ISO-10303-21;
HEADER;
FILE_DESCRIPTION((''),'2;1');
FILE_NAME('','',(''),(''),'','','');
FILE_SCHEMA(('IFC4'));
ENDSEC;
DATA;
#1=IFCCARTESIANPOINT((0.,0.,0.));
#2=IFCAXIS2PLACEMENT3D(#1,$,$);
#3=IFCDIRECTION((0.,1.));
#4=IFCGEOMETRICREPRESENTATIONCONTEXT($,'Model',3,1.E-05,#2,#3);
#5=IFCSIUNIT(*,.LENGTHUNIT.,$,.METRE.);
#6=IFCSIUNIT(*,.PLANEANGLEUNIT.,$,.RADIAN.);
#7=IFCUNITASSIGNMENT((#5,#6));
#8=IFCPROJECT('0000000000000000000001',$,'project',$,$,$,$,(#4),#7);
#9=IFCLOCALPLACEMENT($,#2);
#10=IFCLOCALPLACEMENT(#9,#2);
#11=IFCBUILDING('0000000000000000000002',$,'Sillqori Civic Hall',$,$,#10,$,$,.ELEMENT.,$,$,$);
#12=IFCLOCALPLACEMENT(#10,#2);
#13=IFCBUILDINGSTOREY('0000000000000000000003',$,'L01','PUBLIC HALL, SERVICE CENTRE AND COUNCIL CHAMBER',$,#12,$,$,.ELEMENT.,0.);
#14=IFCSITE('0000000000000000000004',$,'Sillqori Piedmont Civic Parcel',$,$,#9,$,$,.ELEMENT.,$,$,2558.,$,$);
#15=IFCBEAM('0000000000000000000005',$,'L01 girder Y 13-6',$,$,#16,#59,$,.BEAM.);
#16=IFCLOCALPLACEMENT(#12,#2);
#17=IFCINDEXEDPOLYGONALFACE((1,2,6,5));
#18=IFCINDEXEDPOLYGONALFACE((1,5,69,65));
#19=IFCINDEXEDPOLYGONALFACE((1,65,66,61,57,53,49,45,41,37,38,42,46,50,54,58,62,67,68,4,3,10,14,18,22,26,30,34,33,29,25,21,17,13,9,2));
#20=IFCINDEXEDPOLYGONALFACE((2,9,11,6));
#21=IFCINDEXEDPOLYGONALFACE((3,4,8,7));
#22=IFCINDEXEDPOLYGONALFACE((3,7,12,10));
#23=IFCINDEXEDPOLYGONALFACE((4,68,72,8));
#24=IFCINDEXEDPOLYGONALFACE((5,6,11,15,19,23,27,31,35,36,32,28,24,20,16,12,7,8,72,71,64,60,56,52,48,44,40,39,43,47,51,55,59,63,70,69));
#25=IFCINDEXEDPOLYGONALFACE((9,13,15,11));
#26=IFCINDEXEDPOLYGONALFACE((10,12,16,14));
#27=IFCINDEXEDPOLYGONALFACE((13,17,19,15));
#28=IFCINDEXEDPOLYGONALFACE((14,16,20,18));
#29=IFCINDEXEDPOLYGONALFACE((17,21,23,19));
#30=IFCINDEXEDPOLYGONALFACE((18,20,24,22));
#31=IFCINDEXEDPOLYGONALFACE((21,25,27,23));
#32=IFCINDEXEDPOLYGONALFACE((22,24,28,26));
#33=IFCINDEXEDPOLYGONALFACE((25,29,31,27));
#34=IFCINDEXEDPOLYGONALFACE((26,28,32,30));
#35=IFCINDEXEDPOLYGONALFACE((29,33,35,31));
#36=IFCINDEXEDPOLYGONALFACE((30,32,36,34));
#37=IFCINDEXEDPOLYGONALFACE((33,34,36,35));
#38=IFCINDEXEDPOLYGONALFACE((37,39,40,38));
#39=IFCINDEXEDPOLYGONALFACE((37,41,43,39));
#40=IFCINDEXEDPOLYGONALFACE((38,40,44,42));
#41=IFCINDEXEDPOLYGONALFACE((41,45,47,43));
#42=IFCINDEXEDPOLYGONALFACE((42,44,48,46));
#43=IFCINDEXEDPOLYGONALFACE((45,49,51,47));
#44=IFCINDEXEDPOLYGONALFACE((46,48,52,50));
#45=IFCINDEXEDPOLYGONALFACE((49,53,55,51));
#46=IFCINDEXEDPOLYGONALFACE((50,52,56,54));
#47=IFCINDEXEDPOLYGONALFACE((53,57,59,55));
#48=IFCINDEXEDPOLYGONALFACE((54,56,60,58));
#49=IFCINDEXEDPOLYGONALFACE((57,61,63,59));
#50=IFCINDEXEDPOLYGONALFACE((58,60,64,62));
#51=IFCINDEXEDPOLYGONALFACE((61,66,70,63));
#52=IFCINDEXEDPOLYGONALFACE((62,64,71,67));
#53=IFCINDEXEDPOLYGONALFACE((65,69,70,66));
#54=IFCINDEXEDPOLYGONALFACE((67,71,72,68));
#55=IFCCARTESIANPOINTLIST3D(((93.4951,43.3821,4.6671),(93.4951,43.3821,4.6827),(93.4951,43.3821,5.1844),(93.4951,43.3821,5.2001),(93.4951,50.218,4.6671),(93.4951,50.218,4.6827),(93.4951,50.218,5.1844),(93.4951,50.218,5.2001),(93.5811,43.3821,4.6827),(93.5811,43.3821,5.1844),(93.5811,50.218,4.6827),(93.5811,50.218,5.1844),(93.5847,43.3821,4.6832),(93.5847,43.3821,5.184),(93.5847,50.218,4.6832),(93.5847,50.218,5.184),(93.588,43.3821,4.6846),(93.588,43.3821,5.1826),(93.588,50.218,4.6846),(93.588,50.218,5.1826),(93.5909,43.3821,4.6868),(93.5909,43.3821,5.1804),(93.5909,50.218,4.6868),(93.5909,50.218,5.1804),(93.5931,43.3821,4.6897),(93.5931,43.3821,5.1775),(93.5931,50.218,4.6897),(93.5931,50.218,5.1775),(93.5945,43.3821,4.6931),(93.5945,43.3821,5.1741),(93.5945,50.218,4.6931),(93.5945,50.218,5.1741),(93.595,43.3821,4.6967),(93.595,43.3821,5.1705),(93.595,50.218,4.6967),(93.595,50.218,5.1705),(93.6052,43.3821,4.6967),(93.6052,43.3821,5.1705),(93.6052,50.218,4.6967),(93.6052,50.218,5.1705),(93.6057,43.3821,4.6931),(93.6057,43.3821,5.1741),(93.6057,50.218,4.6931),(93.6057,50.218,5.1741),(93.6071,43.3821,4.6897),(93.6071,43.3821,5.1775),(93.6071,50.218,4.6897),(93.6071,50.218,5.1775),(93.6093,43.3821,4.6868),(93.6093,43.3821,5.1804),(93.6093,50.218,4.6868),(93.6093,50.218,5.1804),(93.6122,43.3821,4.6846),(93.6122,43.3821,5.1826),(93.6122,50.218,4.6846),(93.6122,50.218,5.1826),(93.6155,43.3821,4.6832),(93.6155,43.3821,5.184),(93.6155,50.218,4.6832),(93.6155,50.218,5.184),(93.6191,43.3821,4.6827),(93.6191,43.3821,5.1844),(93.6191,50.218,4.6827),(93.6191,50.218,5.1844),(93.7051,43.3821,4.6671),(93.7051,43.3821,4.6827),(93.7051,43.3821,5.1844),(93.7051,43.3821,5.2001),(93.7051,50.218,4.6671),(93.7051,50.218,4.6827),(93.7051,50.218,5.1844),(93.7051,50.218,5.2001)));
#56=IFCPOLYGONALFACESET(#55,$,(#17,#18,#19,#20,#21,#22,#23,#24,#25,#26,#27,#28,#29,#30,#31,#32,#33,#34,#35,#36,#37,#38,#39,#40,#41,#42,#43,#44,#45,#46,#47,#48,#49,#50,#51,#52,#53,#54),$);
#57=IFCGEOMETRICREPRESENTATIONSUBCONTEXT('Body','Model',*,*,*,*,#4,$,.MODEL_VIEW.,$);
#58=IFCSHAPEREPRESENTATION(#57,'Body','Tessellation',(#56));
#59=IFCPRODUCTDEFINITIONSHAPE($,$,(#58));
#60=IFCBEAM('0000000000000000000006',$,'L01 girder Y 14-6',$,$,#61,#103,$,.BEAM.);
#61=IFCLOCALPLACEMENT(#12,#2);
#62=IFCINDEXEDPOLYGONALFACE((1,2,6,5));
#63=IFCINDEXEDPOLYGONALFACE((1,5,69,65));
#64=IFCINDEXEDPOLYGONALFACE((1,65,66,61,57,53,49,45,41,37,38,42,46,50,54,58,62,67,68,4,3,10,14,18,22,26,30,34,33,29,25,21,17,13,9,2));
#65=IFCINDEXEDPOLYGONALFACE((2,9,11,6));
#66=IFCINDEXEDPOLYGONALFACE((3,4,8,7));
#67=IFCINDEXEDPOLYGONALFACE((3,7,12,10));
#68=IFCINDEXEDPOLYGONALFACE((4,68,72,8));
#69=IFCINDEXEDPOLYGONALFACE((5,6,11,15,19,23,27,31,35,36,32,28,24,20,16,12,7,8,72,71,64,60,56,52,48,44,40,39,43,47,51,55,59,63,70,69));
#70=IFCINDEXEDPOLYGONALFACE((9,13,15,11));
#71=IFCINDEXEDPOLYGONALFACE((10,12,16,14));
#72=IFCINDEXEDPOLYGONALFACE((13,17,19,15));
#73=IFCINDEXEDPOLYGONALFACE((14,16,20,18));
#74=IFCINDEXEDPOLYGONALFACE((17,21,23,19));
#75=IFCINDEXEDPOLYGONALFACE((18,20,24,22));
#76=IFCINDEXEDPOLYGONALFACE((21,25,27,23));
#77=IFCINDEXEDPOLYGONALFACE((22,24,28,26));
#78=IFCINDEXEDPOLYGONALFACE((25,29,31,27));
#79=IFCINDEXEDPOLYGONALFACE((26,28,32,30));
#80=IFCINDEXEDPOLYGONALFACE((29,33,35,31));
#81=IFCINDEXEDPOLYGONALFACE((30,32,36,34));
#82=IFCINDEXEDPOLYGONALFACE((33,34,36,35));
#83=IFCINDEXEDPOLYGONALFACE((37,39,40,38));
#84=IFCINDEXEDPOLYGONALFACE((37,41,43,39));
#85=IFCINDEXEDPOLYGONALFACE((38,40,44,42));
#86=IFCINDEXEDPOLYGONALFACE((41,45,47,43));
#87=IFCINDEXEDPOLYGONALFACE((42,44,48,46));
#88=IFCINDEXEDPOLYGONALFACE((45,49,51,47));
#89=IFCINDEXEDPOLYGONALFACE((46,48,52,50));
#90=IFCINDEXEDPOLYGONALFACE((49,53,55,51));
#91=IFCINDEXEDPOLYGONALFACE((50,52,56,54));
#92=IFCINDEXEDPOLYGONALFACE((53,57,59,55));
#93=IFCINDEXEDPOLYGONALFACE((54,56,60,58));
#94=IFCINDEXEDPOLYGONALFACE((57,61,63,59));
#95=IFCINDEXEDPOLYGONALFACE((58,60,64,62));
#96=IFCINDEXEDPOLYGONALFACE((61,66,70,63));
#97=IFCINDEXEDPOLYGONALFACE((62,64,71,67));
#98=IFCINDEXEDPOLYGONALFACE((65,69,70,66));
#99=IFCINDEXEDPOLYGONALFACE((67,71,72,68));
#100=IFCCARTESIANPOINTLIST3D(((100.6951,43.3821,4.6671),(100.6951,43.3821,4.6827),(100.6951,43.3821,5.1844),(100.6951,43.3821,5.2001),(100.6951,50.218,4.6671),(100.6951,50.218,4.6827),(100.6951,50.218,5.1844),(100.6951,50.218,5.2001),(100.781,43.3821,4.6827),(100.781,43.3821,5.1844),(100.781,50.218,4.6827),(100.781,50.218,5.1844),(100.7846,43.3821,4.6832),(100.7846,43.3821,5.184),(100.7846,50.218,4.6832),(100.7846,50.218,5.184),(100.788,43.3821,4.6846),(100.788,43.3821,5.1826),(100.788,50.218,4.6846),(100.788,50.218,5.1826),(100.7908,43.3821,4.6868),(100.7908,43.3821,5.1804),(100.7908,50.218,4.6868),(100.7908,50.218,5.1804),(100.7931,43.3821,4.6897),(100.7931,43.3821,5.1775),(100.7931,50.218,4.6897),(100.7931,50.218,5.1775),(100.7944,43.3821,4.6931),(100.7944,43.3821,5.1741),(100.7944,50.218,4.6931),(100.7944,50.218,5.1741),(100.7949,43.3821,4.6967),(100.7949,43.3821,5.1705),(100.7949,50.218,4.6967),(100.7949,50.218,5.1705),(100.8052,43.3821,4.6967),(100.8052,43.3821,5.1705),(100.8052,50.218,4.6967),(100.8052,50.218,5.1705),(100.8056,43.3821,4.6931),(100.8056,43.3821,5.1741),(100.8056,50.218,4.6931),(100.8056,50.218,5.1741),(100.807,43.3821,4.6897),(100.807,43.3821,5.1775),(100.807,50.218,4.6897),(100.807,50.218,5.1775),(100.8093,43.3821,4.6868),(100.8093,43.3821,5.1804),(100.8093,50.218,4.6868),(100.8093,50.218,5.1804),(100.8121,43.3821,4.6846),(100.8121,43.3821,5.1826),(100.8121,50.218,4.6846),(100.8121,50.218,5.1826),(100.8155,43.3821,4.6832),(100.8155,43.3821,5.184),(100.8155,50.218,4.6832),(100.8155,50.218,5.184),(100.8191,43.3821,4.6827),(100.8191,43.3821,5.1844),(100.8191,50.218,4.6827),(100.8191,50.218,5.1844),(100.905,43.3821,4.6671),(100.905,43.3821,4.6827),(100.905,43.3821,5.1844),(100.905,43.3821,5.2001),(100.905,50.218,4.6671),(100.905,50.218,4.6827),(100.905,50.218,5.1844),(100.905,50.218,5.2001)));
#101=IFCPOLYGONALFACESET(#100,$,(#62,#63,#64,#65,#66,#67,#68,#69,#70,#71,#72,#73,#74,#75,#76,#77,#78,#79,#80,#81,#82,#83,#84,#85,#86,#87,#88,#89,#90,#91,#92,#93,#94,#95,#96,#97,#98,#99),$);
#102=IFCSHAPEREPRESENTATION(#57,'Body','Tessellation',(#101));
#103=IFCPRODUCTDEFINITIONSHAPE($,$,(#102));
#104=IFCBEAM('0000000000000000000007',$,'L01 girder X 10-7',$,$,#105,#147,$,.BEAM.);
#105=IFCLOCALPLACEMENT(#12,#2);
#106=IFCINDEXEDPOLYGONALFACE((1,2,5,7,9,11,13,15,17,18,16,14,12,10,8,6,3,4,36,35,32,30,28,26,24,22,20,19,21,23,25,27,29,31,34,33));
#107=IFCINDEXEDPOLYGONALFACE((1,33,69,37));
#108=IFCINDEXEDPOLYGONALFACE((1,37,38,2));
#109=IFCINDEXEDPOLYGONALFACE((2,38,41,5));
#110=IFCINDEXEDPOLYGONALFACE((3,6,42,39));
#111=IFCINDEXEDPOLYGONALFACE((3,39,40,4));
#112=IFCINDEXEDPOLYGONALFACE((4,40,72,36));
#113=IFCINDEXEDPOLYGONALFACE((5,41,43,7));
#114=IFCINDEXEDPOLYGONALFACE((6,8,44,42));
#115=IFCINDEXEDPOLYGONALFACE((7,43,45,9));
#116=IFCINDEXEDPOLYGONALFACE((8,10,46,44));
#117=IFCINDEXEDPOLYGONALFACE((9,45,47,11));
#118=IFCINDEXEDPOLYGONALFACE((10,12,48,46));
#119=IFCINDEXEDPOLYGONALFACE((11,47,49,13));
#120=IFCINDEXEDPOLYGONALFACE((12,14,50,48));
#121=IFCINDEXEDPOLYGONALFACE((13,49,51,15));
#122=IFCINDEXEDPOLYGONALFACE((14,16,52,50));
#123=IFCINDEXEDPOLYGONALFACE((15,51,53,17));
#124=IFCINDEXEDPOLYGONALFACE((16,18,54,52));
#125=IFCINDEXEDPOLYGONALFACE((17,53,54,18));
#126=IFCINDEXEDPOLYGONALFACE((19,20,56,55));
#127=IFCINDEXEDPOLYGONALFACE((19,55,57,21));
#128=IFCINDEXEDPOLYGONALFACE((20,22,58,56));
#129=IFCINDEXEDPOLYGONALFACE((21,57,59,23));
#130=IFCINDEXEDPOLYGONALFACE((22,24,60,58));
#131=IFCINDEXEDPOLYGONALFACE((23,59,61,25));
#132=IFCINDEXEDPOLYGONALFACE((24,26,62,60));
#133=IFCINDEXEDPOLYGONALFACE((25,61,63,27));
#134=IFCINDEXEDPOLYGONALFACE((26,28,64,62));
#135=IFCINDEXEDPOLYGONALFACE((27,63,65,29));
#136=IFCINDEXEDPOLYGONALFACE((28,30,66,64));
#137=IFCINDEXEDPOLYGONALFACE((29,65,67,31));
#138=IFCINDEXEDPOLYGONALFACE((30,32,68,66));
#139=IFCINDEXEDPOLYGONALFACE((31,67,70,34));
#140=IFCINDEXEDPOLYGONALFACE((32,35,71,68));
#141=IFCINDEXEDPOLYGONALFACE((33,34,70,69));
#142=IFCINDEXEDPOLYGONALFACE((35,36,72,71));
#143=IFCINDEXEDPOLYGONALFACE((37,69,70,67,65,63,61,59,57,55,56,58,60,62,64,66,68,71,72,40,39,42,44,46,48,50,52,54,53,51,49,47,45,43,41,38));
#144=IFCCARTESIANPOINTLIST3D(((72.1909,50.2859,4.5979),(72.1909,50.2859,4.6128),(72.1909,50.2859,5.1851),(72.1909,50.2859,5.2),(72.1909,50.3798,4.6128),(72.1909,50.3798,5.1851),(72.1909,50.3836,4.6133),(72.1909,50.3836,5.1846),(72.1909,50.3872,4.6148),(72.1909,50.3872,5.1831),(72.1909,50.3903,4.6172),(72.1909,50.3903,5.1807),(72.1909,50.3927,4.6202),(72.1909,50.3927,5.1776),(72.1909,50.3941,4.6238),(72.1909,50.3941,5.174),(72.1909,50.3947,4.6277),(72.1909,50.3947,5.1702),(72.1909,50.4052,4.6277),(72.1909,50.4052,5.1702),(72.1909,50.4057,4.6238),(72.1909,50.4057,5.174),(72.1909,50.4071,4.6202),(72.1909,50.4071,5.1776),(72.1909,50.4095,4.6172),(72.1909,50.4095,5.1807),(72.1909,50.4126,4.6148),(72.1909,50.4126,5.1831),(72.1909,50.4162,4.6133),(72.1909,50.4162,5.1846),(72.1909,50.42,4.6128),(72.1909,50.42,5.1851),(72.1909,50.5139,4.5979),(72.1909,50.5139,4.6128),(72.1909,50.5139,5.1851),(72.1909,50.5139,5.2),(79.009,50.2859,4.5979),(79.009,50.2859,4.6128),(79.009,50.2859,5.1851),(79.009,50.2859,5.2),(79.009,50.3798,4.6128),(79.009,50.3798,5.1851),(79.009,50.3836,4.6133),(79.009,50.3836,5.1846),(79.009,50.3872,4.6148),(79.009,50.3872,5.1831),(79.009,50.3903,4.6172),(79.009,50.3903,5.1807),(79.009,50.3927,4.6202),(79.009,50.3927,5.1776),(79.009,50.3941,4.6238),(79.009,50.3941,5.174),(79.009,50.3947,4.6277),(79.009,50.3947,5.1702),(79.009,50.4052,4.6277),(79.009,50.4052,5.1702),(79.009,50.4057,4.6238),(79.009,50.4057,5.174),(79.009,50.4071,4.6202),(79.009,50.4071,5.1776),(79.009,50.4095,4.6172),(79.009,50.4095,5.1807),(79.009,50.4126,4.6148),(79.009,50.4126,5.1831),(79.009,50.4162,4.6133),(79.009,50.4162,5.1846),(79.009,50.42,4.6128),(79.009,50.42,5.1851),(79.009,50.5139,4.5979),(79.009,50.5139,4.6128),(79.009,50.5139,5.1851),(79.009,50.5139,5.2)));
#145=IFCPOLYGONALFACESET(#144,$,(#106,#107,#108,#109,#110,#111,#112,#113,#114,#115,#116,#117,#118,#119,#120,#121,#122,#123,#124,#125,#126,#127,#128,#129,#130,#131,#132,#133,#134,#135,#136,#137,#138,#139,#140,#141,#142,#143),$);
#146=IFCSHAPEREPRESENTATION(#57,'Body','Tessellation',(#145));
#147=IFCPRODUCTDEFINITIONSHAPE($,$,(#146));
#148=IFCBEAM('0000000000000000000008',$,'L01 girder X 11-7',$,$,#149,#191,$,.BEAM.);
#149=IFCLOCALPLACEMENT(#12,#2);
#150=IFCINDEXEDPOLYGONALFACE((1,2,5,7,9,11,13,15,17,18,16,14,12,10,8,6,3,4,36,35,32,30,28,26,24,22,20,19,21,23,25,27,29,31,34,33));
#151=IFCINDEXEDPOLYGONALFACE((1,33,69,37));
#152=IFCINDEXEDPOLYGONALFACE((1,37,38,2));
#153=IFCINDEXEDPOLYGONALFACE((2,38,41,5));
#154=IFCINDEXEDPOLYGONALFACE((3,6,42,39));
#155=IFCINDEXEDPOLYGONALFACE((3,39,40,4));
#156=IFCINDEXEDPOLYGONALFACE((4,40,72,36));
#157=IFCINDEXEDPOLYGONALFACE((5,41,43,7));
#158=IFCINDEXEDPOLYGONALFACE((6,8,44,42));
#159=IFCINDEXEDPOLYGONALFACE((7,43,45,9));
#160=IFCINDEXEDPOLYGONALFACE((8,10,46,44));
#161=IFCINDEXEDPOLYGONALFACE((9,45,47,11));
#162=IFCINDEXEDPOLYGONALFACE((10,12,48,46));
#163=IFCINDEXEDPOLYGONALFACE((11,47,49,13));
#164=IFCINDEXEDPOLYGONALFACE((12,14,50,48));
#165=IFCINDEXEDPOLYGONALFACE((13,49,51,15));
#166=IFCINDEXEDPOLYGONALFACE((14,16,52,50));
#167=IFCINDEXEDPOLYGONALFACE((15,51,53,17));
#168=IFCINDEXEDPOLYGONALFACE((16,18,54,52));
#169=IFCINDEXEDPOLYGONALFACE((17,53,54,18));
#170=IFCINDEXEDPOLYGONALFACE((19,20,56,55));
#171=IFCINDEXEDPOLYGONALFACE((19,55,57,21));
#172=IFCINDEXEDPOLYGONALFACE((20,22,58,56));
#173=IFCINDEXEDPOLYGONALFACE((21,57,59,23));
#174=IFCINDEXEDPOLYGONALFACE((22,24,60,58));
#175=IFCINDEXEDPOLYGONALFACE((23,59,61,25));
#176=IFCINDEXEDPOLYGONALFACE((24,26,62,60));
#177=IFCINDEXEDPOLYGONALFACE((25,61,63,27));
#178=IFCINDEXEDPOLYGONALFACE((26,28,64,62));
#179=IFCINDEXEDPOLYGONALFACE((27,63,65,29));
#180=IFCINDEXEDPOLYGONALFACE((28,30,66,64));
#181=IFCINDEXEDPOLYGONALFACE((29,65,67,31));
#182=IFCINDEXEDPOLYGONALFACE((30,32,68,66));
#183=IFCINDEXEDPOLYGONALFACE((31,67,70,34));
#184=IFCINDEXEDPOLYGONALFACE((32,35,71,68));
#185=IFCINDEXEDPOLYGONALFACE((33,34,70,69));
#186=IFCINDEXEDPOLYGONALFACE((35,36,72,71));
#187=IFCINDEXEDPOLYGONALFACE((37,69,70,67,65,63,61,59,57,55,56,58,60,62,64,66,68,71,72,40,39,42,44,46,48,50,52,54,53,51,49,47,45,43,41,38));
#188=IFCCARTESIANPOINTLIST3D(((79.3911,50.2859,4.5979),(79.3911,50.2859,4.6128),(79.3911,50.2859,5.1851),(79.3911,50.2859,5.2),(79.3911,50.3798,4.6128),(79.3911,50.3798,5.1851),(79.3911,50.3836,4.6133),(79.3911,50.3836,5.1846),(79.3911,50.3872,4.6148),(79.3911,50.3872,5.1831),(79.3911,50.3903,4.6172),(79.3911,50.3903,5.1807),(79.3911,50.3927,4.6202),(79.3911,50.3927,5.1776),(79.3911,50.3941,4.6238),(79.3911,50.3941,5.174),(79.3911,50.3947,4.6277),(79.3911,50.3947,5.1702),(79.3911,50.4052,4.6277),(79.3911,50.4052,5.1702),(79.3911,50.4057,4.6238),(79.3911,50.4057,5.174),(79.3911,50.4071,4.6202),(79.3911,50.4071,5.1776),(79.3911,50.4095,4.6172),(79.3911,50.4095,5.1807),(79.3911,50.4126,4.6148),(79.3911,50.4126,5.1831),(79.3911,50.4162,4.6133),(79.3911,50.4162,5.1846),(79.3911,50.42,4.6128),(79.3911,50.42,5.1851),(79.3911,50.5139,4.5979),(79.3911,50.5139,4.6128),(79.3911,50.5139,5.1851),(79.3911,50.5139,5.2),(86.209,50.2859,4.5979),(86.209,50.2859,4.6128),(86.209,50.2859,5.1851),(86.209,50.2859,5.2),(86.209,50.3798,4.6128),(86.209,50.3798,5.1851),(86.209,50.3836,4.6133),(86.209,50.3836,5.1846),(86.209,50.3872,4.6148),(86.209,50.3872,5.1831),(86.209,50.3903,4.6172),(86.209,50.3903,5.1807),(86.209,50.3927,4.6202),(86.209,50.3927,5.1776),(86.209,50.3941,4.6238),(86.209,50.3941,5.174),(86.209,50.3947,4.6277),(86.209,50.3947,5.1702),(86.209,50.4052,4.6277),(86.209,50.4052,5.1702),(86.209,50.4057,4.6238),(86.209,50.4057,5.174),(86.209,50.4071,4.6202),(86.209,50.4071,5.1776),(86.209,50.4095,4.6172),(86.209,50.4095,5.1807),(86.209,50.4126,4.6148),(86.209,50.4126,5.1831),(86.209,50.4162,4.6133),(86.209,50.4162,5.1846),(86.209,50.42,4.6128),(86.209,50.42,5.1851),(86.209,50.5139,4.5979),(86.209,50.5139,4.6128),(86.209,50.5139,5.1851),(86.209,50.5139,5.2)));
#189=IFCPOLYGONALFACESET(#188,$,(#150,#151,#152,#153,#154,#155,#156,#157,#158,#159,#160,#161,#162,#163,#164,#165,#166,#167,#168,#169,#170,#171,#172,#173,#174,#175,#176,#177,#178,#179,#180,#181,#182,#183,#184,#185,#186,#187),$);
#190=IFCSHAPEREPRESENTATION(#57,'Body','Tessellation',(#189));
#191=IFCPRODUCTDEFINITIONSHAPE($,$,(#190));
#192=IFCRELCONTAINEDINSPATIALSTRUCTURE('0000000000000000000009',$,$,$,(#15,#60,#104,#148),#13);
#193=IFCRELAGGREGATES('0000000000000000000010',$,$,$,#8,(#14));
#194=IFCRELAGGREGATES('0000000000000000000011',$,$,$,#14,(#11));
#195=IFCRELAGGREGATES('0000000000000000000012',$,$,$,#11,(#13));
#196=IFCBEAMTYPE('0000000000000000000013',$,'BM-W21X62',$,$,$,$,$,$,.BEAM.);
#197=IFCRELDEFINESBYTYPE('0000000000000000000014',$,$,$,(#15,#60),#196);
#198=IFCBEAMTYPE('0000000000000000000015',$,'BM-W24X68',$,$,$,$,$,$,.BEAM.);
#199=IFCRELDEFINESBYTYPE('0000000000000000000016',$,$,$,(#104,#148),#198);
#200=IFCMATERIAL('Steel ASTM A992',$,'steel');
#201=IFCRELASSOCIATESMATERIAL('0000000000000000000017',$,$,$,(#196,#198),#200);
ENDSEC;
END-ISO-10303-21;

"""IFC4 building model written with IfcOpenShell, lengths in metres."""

from ifc_helpers import new_model, si_unit, direction, frame, origin, origin_2d, place, context, subcontext, project, spatial, i_section, extrude, material, material_profile, profile_set, type_object, element, save


model = new_model("IFC4")

# Units and contexts
model_context = context("Model", 3, precision=1e-05, world=origin(), true_north=direction((0.0, 1.0)))
body_context = subcontext(model_context, "Body", "Model", "MODEL_VIEW")
ifc_project = project(units=[si_unit("LENGTHUNIT", "METRE"), si_unit("PLANEANGLEUNIT", "RADIAN")], contexts=[model_context])

# Site, building, storey
site_placement = place(None, origin())
site = spatial("IfcSite", under=ifc_project, at=site_placement, Name="Sillqori Piedmont Civic Parcel", CompositionType="ELEMENT", RefElevation=2558.0)
building_placement = place(site_placement, origin())
building = spatial("IfcBuilding", under=site, at=building_placement, Name="Sillqori Civic Hall", CompositionType="ELEMENT")
storey_placement = place(building_placement, origin())
storey = spatial("IfcBuildingStorey", under=building, at=storey_placement, Name="L01", Description="PUBLIC HALL, SERVICE CENTRE AND COUNCIL CHAMBER", CompositionType="ELEMENT", Elevation=0.0)

# Shared definitions
ifc_material_1 = material(Name="Steel ASTM A992", Category="steel")

# Beams
ifc_material_profile_1 = material_profile(ifc_material_1, i_section(OverallWidth=0.21, OverallDepth=0.533, WebThickness=0.0103, FlangeThickness=0.0156, FilletRadius=0.0139, at=origin_2d()), Name="W21X62")
ifc_profile_set_1 = profile_set([ifc_material_profile_1], Name="Steel ASTM A992")
beam_type_1 = type_object("IfcBeamType", Name="BM-W21X62", PredefinedType="BEAM", material=ifc_profile_set_1)
for number, where, z_axis, x_axis, name in (
    (1, (93.6001, 43.3821, 4.9336), (0.0, 1.0, 0.0), (-1.0, 0.0, 0.0), "L01 girder Y 13-6"),
    (2, (100.8, 43.3821, 4.9336), (0.0, 1.0, 0.0), (-1.0, 0.0, 0.0), "L01 girder Y 14-6"),
):
    element("IfcBeam", number, at=place(storey_placement, frame(where, z_axis=z_axis, x_axis=x_axis)), inside=storey, type_object=beam_type_1, Name=name, PredefinedType="BEAM", context=body_context, shape_type="SweptSolid", body=[
        extrude(i_section(OverallWidth=0.21, OverallDepth=0.533, WebThickness=0.0103, FlangeThickness=0.0156, FilletRadius=0.0139, at=origin_2d()), origin(), (0.0, 0.0, 1.0), 6.8359),
    ])
ifc_material_profile_2 = material_profile(ifc_material_1, i_section(OverallWidth=0.228, OverallDepth=0.6021, WebThickness=0.0105, FlangeThickness=0.0149, FilletRadius=0.0149, at=origin_2d()), Name="W24X68")
ifc_profile_set_2 = profile_set([ifc_material_profile_2], Name="Steel ASTM A992")
beam_type_2 = type_object("IfcBeamType", Name="BM-W24X68", PredefinedType="BEAM", material=ifc_profile_set_2)
beam_1_placement = place(storey_placement, frame((72.1909, 50.3999, 4.8989), z_axis=(1.0, 0.0, 0.0), x_axis=(0.0, 1.0, 0.0)))
element("IfcBeam", 3, at=beam_1_placement, inside=storey, type_object=beam_type_2, Name="L01 girder X 10-7", PredefinedType="BEAM", context=body_context, shape_type="SweptSolid", body=[
    extrude(i_section(OverallWidth=0.228, OverallDepth=0.6021, WebThickness=0.0105, FlangeThickness=0.0149, FilletRadius=0.0149, at=origin_2d()), origin(), (0.0, 0.0, 1.0), 6.8181),
])
for number, where, z_axis, x_axis, name in (
    (4, (79.3911, 50.3999, 4.8989), (1.0, 0.0, 0.0), (0.0, 1.0, 0.0), "L01 girder X 11-7"),
):
    element("IfcBeam", number, at=place(storey_placement, frame(where, z_axis=z_axis, x_axis=x_axis)), inside=storey, type_object=beam_type_2, Name=name, PredefinedType="BEAM", context=body_context, shape_type="SweptSolid", body=[
        extrude(i_section(OverallWidth=0.228, OverallDepth=0.6021, WebThickness=0.0105, FlangeThickness=0.0149, FilletRadius=0.0149, at=origin_2d()), origin(), (0.0, 0.0, 1.0), 6.8179),
    ])

save(model, "model.ifc")
